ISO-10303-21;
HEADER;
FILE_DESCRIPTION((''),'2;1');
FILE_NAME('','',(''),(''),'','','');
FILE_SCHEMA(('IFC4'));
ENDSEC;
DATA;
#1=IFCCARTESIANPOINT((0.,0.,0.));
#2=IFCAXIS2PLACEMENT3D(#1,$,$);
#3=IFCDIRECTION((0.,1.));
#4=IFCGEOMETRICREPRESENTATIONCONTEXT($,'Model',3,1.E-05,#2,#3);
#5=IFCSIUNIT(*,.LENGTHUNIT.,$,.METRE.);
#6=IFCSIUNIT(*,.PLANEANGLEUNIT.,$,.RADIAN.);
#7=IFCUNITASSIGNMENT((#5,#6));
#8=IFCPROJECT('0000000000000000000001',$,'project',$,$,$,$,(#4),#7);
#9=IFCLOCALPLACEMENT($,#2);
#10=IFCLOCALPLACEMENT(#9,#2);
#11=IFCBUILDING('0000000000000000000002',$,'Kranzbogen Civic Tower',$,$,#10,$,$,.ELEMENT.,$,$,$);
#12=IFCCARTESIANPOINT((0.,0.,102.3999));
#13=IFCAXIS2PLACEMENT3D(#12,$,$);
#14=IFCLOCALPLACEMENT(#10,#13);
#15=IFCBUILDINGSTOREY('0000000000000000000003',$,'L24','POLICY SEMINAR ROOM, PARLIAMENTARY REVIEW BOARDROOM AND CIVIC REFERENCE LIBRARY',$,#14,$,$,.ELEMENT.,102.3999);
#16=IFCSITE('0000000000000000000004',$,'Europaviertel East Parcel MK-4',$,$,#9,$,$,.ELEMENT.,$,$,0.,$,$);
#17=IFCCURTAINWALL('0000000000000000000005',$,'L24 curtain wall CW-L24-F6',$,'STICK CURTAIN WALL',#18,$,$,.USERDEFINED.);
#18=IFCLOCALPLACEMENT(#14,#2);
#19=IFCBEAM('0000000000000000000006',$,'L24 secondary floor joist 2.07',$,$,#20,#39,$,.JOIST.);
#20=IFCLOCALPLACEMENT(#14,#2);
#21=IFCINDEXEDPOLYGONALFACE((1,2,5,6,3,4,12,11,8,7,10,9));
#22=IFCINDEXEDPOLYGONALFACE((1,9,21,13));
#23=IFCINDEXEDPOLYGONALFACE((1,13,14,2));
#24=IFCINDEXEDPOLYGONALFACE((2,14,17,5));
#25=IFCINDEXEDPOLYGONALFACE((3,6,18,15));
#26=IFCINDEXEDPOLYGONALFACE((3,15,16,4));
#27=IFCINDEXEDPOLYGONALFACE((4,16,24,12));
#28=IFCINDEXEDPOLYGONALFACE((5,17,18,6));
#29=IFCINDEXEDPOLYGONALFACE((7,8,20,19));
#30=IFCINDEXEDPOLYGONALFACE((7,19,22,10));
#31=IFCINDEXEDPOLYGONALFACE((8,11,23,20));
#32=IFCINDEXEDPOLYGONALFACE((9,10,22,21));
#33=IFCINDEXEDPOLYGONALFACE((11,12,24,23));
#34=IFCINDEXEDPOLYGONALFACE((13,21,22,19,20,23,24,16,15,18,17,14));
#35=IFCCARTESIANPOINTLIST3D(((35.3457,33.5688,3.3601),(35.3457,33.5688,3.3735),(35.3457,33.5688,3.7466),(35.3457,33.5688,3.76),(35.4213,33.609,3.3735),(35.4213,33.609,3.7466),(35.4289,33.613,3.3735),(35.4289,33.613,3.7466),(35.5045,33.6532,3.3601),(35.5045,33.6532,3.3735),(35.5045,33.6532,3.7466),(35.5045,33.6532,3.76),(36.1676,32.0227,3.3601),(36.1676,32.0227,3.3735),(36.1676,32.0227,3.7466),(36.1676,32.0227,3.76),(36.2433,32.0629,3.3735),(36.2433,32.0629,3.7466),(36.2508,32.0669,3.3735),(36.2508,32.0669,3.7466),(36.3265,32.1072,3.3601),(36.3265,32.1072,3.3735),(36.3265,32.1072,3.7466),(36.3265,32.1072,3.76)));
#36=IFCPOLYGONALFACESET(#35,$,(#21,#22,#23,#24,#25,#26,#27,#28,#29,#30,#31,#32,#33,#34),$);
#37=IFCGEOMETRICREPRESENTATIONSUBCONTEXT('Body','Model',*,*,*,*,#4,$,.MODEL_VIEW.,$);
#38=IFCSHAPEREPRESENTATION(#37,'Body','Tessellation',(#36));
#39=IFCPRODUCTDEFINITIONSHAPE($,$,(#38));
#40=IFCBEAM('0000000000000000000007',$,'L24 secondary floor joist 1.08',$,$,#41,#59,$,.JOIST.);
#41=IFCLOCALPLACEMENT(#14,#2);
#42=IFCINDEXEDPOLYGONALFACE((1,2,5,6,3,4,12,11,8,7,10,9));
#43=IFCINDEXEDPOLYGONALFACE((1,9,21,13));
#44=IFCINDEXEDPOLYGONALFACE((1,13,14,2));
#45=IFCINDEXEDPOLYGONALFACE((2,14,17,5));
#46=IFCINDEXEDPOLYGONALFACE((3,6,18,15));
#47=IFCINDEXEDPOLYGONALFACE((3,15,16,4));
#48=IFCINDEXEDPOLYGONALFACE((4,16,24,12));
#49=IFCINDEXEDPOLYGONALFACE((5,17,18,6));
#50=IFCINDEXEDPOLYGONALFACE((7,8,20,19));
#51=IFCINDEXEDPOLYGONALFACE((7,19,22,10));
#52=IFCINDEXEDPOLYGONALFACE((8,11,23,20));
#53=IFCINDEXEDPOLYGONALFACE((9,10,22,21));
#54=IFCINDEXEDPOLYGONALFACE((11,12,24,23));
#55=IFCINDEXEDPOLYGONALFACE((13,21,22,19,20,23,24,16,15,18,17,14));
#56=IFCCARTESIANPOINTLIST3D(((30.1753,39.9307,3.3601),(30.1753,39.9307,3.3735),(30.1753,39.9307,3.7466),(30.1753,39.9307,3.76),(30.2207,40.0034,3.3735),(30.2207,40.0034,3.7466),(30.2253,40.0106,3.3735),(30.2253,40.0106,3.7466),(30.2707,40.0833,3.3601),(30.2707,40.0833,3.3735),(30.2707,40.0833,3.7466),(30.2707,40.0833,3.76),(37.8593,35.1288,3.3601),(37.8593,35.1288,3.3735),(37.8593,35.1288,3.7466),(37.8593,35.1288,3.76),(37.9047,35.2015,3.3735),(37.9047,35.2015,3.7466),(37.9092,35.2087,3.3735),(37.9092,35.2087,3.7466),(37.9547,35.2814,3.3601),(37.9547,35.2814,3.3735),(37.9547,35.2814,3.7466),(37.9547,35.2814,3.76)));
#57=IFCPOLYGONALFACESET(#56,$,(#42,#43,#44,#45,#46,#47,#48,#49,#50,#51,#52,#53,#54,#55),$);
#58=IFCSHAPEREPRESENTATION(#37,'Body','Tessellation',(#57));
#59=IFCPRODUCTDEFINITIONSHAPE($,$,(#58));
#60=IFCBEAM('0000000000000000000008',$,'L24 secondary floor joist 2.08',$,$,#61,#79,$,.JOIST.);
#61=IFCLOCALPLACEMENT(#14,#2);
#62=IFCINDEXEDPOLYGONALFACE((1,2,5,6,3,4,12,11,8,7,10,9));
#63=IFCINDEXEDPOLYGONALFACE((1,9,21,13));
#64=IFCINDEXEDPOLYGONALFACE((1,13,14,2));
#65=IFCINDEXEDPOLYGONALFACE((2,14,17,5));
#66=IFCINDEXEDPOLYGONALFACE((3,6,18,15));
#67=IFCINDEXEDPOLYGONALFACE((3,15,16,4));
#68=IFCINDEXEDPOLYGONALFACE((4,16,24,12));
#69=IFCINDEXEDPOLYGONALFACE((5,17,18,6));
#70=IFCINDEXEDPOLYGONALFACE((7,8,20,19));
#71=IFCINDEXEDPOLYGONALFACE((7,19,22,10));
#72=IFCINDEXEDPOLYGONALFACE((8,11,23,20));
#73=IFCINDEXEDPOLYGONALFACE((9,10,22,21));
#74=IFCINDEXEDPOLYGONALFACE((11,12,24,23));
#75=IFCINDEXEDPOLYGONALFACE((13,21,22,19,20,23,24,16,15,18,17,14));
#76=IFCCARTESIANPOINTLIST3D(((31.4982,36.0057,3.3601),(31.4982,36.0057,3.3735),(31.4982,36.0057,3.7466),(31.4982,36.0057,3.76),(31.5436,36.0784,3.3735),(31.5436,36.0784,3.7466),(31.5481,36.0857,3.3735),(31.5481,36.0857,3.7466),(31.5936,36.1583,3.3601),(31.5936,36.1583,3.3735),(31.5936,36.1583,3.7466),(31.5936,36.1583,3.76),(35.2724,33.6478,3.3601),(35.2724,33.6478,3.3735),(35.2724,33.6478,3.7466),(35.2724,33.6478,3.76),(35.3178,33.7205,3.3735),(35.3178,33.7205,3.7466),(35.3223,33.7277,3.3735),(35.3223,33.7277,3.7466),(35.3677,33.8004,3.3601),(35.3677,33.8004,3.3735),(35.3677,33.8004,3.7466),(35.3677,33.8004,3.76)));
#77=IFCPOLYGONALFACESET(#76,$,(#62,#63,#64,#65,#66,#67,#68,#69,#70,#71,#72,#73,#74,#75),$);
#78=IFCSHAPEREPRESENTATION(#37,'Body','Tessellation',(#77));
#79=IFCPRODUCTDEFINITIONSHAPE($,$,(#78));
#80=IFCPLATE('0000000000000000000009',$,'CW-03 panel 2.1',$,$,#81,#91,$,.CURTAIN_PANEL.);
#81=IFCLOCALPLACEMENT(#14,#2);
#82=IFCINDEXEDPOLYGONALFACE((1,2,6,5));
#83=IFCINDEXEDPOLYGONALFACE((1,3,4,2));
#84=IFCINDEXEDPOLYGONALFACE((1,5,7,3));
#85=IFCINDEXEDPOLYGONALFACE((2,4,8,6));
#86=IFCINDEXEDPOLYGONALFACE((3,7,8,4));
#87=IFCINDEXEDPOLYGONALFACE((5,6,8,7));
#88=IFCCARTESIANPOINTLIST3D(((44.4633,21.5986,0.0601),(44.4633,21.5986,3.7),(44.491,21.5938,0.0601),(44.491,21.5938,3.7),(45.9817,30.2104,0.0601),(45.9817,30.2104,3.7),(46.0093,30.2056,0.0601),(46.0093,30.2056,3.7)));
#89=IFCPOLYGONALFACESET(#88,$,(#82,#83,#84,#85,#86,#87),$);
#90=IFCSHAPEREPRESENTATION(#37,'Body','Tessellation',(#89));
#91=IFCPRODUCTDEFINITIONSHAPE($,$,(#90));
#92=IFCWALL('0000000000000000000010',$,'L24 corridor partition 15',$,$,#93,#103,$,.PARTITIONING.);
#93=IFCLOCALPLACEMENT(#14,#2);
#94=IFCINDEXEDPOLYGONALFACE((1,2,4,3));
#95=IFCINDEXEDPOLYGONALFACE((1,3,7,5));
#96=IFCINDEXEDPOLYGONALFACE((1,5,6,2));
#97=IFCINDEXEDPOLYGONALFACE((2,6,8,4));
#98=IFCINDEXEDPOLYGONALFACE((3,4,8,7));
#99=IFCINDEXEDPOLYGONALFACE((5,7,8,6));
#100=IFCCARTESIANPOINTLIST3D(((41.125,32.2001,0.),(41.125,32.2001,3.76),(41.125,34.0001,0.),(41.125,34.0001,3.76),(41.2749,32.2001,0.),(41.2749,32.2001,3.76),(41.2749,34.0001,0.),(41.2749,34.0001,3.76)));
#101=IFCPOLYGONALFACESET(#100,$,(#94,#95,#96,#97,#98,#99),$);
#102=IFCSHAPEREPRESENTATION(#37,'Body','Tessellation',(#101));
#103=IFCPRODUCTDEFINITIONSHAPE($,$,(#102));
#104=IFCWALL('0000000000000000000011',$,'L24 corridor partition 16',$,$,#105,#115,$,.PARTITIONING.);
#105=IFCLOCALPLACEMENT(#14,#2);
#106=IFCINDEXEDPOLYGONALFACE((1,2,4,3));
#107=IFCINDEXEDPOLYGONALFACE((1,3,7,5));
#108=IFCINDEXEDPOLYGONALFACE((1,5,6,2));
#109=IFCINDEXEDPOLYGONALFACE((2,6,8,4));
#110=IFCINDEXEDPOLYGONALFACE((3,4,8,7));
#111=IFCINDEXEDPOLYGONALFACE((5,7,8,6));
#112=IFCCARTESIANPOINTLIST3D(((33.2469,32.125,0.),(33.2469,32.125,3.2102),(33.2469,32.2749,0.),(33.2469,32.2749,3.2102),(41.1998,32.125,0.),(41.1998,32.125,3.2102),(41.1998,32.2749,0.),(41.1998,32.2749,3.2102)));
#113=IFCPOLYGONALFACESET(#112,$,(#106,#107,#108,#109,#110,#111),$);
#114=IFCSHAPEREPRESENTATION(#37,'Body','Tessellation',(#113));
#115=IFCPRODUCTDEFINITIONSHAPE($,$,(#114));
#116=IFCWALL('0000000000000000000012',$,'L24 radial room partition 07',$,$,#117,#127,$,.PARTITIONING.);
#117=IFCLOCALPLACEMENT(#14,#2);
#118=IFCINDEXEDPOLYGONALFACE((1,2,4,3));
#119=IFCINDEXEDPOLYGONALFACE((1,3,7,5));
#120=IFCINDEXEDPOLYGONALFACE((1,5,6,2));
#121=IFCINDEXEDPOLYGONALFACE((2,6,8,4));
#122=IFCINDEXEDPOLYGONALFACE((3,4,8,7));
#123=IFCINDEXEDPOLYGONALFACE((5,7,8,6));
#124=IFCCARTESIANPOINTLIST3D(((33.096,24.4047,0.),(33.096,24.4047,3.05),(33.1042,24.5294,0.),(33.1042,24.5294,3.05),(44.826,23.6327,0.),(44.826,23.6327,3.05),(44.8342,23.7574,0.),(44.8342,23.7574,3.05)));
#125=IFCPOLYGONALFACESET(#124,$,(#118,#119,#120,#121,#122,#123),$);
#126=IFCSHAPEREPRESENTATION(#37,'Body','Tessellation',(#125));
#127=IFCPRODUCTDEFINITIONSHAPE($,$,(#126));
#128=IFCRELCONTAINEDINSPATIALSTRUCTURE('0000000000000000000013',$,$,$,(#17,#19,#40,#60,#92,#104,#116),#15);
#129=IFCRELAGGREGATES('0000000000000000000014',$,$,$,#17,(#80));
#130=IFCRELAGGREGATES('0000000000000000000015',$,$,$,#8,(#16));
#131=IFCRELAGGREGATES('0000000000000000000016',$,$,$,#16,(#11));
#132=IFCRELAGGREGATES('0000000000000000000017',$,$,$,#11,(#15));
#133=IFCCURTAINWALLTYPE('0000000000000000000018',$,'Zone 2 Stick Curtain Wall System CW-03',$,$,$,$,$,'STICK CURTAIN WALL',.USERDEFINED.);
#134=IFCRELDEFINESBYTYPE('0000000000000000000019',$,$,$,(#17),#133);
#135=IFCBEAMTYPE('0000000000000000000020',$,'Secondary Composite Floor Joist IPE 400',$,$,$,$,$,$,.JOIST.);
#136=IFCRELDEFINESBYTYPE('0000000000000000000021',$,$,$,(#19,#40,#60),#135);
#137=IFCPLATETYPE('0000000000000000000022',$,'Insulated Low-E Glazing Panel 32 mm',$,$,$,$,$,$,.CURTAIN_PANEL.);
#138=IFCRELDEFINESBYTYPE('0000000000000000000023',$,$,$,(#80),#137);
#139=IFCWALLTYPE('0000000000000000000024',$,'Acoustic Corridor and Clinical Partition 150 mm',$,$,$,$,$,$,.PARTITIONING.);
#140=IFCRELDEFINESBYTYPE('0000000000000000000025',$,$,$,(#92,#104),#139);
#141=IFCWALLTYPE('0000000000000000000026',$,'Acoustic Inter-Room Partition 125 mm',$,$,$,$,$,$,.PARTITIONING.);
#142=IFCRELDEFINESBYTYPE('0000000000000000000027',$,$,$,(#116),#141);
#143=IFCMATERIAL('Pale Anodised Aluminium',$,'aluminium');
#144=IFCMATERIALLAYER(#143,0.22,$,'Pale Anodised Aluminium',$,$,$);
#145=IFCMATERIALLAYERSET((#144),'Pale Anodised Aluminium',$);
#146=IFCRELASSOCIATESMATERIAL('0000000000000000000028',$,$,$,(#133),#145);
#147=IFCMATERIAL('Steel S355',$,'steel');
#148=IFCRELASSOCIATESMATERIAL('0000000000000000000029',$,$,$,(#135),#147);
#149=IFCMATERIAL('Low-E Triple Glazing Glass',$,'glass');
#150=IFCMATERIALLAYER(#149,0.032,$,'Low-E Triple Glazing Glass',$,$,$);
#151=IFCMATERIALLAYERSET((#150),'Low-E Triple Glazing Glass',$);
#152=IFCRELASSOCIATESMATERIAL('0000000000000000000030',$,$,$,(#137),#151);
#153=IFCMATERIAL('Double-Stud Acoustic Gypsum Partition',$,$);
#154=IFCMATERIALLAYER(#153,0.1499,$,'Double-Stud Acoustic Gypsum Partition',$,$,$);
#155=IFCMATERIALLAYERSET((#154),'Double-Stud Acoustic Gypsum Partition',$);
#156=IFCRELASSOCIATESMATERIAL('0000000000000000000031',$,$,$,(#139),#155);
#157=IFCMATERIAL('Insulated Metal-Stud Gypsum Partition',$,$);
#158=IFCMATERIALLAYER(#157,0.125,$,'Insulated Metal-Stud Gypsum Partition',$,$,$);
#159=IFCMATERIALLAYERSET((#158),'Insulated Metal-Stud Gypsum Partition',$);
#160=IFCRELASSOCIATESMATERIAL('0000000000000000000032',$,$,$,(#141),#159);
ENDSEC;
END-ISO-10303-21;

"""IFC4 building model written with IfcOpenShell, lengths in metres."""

from ifc_helpers import new_model, si_unit, direction, frame, frame_2d, origin, origin_2d, place, context, subcontext, project, spatial, rectangle, i_section, extrude, material, layer, layer_set, material_profile, profile_set, type_object, element, aggregate, save


model = new_model("IFC4")

# Units and contexts
model_context = context("Model", 3, precision=1e-05, world=origin(), true_north=direction((0.0, 1.0)))
body_context = subcontext(model_context, "Body", "Model", "MODEL_VIEW")
ifc_project = project(units=[si_unit("LENGTHUNIT", "METRE"), si_unit("PLANEANGLEUNIT", "RADIAN")], contexts=[model_context])

# Site, building, storey
site_placement = place(None, origin())
site = spatial("IfcSite", under=ifc_project, at=site_placement, Name="Europaviertel East Parcel MK-4", CompositionType="ELEMENT", RefElevation=0.0)
building_placement = place(site_placement, origin())
building = spatial("IfcBuilding", under=site, at=building_placement, Name="Kranzbogen Civic Tower", CompositionType="ELEMENT")
storey_placement = place(building_placement, frame((0.0, 0.0, 102.3999)))
storey = spatial("IfcBuildingStorey", under=building, at=storey_placement, Name="L24", Description="POLICY SEMINAR ROOM, PARLIAMENTARY REVIEW BOARDROOM AND CIVIC REFERENCE LIBRARY", CompositionType="ELEMENT", Elevation=102.3999)

# Shared definitions
ifc_material_1 = material(Name="Steel S355", Category="steel")

# Curtain wall
ifc_material_2 = material(Name="Pale Anodised Aluminium", Category="aluminium")
ifc_layer_1 = layer(ifc_material_2, 0.22, Name="Pale Anodised Aluminium")
ifc_layer_set_1 = layer_set([ifc_layer_1], Name="Pale Anodised Aluminium")
curtain_wall_type = type_object("IfcCurtainWallType", Name="Zone 2 Stick Curtain Wall System CW-03", ElementType="STICK CURTAIN WALL", PredefinedType="USERDEFINED", material=ifc_layer_set_1)
curtain_wall_1_placement = place(storey_placement, origin())
curtain_wall_1 = element("IfcCurtainWall", 1, at=curtain_wall_1_placement, inside=storey, type_object=curtain_wall_type, Name="L24 curtain wall CW-L24-F6", ObjectType="STICK CURTAIN WALL", PredefinedType="USERDEFINED")

# Beams
ifc_material_profile_1 = material_profile(ifc_material_1, i_section(OverallWidth=0.1799, OverallDepth=0.3999, WebThickness=0.0085, FlangeThickness=0.0134, at=origin_2d()), Name="IPE 400")
ifc_profile_set_1 = profile_set([ifc_material_profile_1], Name="Steel S355")
beam_type_1 = type_object("IfcBeamType", Name="Secondary Composite Floor Joist IPE 400", PredefinedType="JOIST", material=ifc_profile_set_1)
beam_1_placement = place(storey_placement, frame((36.2471, 32.0649, 3.5601), z_axis=(-0.469437, 0.882966, 0.0), x_axis=(-0.882966, -0.469437, 0.0)))
element("IfcBeam", 2, at=beam_1_placement, inside=storey, type_object=beam_type_1, Name="L24 secondary floor joist 2.07", PredefinedType="JOIST", context=body_context, shape_type="SweptSolid", body=[
    extrude(i_section(OverallWidth=0.1799, OverallDepth=0.3999, WebThickness=0.0085, FlangeThickness=0.0134, at=origin_2d()), origin(), (0.0, 0.0, 1.0), 1.751),
])
beam_2_placement = place(storey_placement, frame((37.907, 35.2051, 3.5601), z_axis=(-0.848026, 0.529955, 0.0), x_axis=(-0.529955, -0.848026, 0.0)))
element("IfcBeam", 3, at=beam_2_placement, inside=storey, type_object=beam_type_1, Name="L24 secondary floor joist 1.08", PredefinedType="JOIST", context=body_context, shape_type="SweptSolid", body=[
    extrude(i_section(OverallWidth=0.1799, OverallDepth=0.3999, WebThickness=0.0085, FlangeThickness=0.0134, at=origin_2d()), origin(), (0.0, 0.0, 1.0), 9.061),
])
beam_3_placement = place(storey_placement, frame((35.3201, 33.7241, 3.5601), z_axis=(-0.848094, 0.529846, 0.0), x_axis=(-0.529846, -0.848094, 0.0)))
element("IfcBeam", 4, at=beam_3_placement, inside=storey, type_object=beam_type_1, Name="L24 secondary floor joist 2.08", PredefinedType="JOIST", context=body_context, shape_type="SweptSolid", body=[
    extrude(i_section(OverallWidth=0.1799, OverallDepth=0.3999, WebThickness=0.0085, FlangeThickness=0.0134, at=origin_2d()), origin(), (0.0, 0.0, 1.0), 4.4502),
])

# Plate
ifc_material_3 = material(Name="Low-E Triple Glazing Glass", Category="glass")
ifc_layer_2 = layer(ifc_material_3, 0.032, Name="Low-E Triple Glazing Glass")
ifc_layer_set_2 = layer_set([ifc_layer_2], Name="Low-E Triple Glazing Glass")
plate_type = type_object("IfcPlateType", Name="Insulated Low-E Glazing Panel 32 mm", PredefinedType="CURTAIN_PANEL", material=ifc_layer_set_2)
plate_placement = place(storey_placement, frame((45.2363, 25.9021, 0.0601), z_axis=(0.0, 0.0, 1.0), x_axis=(0.173634, 0.98481, 0.0)))
plate = element("IfcPlate", 5, at=plate_placement, type_object=plate_type, Name="CW-03 panel 2.1", PredefinedType="CURTAIN_PANEL", context=body_context, shape_type="SweptSolid", body=[
    extrude(rectangle(XDim=8.7446, YDim=0.0281, at=origin_2d()), origin(), (0.0, 0.0, 1.0), 3.6399),
])
aggregate(curtain_wall_1, [plate])

# Walls
ifc_material_4 = material(Name="Double-Stud Acoustic Gypsum Partition")
ifc_layer_3 = layer(ifc_material_4, 0.1499, Name="Double-Stud Acoustic Gypsum Partition")
ifc_layer_set_3 = layer_set([ifc_layer_3], Name="Double-Stud Acoustic Gypsum Partition")
wall_type_1 = type_object("IfcWallType", Name="Acoustic Corridor and Clinical Partition 150 mm", PredefinedType="PARTITIONING", material=ifc_layer_set_3)
wall_1_placement = place(storey_placement, frame((41.2, 34.0, 0.0), z_axis=(0.0, 0.0, 1.0), x_axis=(0.0, -1.0, 0.0)))
element("IfcWall", 6, at=wall_1_placement, inside=storey, type_object=wall_type_1, Name="L24 corridor partition 15", PredefinedType="PARTITIONING", context=body_context, shape_type="SweptSolid", body=[
    extrude(rectangle(XDim=1.8, YDim=0.1499, at=frame_2d((0.8999, 0.0))), origin(), (0.0, 0.0, 1.0), 3.76),
])
wall_2_placement = place(storey_placement, frame((41.2, 32.2, 0.0), z_axis=(0.0, 0.0, 1.0), x_axis=(-1.0, 0.0, 0.0)))
element("IfcWall", 7, at=wall_2_placement, inside=storey, type_object=wall_type_1, Name="L24 corridor partition 16", PredefinedType="PARTITIONING", context=body_context, shape_type="SweptSolid", body=[
    extrude(rectangle(XDim=7.9529, YDim=0.1499, at=frame_2d((3.9766, 0.0))), origin(), (0.0, 0.0, 1.0), 3.2102),
])
ifc_material_5 = material(Name="Insulated Metal-Stud Gypsum Partition")
ifc_layer_4 = layer(ifc_material_5, 0.125, Name="Insulated Metal-Stud Gypsum Partition")
ifc_layer_set_4 = layer_set([ifc_layer_4], Name="Insulated Metal-Stud Gypsum Partition")
wall_type_2 = type_object("IfcWallType", Name="Acoustic Inter-Room Partition 125 mm", PredefinedType="PARTITIONING", material=ifc_layer_set_4)
wall_3_placement = place(storey_placement, frame((33.1001, 24.467, 0.0), z_axis=(0.0, 0.0, 1.0), x_axis=(0.997841, -0.06567, 0.0)))
element("IfcWall", 8, at=wall_3_placement, inside=storey, type_object=wall_type_2, Name="L24 radial room partition 07", PredefinedType="PARTITIONING", context=body_context, shape_type="SweptSolid", body=[
    extrude(rectangle(XDim=11.7554, YDim=0.125, at=frame_2d((5.8777, 0.0))), origin(), (0.0, 0.0, 1.0), 3.05),
])

save(model, "model.ifc")
